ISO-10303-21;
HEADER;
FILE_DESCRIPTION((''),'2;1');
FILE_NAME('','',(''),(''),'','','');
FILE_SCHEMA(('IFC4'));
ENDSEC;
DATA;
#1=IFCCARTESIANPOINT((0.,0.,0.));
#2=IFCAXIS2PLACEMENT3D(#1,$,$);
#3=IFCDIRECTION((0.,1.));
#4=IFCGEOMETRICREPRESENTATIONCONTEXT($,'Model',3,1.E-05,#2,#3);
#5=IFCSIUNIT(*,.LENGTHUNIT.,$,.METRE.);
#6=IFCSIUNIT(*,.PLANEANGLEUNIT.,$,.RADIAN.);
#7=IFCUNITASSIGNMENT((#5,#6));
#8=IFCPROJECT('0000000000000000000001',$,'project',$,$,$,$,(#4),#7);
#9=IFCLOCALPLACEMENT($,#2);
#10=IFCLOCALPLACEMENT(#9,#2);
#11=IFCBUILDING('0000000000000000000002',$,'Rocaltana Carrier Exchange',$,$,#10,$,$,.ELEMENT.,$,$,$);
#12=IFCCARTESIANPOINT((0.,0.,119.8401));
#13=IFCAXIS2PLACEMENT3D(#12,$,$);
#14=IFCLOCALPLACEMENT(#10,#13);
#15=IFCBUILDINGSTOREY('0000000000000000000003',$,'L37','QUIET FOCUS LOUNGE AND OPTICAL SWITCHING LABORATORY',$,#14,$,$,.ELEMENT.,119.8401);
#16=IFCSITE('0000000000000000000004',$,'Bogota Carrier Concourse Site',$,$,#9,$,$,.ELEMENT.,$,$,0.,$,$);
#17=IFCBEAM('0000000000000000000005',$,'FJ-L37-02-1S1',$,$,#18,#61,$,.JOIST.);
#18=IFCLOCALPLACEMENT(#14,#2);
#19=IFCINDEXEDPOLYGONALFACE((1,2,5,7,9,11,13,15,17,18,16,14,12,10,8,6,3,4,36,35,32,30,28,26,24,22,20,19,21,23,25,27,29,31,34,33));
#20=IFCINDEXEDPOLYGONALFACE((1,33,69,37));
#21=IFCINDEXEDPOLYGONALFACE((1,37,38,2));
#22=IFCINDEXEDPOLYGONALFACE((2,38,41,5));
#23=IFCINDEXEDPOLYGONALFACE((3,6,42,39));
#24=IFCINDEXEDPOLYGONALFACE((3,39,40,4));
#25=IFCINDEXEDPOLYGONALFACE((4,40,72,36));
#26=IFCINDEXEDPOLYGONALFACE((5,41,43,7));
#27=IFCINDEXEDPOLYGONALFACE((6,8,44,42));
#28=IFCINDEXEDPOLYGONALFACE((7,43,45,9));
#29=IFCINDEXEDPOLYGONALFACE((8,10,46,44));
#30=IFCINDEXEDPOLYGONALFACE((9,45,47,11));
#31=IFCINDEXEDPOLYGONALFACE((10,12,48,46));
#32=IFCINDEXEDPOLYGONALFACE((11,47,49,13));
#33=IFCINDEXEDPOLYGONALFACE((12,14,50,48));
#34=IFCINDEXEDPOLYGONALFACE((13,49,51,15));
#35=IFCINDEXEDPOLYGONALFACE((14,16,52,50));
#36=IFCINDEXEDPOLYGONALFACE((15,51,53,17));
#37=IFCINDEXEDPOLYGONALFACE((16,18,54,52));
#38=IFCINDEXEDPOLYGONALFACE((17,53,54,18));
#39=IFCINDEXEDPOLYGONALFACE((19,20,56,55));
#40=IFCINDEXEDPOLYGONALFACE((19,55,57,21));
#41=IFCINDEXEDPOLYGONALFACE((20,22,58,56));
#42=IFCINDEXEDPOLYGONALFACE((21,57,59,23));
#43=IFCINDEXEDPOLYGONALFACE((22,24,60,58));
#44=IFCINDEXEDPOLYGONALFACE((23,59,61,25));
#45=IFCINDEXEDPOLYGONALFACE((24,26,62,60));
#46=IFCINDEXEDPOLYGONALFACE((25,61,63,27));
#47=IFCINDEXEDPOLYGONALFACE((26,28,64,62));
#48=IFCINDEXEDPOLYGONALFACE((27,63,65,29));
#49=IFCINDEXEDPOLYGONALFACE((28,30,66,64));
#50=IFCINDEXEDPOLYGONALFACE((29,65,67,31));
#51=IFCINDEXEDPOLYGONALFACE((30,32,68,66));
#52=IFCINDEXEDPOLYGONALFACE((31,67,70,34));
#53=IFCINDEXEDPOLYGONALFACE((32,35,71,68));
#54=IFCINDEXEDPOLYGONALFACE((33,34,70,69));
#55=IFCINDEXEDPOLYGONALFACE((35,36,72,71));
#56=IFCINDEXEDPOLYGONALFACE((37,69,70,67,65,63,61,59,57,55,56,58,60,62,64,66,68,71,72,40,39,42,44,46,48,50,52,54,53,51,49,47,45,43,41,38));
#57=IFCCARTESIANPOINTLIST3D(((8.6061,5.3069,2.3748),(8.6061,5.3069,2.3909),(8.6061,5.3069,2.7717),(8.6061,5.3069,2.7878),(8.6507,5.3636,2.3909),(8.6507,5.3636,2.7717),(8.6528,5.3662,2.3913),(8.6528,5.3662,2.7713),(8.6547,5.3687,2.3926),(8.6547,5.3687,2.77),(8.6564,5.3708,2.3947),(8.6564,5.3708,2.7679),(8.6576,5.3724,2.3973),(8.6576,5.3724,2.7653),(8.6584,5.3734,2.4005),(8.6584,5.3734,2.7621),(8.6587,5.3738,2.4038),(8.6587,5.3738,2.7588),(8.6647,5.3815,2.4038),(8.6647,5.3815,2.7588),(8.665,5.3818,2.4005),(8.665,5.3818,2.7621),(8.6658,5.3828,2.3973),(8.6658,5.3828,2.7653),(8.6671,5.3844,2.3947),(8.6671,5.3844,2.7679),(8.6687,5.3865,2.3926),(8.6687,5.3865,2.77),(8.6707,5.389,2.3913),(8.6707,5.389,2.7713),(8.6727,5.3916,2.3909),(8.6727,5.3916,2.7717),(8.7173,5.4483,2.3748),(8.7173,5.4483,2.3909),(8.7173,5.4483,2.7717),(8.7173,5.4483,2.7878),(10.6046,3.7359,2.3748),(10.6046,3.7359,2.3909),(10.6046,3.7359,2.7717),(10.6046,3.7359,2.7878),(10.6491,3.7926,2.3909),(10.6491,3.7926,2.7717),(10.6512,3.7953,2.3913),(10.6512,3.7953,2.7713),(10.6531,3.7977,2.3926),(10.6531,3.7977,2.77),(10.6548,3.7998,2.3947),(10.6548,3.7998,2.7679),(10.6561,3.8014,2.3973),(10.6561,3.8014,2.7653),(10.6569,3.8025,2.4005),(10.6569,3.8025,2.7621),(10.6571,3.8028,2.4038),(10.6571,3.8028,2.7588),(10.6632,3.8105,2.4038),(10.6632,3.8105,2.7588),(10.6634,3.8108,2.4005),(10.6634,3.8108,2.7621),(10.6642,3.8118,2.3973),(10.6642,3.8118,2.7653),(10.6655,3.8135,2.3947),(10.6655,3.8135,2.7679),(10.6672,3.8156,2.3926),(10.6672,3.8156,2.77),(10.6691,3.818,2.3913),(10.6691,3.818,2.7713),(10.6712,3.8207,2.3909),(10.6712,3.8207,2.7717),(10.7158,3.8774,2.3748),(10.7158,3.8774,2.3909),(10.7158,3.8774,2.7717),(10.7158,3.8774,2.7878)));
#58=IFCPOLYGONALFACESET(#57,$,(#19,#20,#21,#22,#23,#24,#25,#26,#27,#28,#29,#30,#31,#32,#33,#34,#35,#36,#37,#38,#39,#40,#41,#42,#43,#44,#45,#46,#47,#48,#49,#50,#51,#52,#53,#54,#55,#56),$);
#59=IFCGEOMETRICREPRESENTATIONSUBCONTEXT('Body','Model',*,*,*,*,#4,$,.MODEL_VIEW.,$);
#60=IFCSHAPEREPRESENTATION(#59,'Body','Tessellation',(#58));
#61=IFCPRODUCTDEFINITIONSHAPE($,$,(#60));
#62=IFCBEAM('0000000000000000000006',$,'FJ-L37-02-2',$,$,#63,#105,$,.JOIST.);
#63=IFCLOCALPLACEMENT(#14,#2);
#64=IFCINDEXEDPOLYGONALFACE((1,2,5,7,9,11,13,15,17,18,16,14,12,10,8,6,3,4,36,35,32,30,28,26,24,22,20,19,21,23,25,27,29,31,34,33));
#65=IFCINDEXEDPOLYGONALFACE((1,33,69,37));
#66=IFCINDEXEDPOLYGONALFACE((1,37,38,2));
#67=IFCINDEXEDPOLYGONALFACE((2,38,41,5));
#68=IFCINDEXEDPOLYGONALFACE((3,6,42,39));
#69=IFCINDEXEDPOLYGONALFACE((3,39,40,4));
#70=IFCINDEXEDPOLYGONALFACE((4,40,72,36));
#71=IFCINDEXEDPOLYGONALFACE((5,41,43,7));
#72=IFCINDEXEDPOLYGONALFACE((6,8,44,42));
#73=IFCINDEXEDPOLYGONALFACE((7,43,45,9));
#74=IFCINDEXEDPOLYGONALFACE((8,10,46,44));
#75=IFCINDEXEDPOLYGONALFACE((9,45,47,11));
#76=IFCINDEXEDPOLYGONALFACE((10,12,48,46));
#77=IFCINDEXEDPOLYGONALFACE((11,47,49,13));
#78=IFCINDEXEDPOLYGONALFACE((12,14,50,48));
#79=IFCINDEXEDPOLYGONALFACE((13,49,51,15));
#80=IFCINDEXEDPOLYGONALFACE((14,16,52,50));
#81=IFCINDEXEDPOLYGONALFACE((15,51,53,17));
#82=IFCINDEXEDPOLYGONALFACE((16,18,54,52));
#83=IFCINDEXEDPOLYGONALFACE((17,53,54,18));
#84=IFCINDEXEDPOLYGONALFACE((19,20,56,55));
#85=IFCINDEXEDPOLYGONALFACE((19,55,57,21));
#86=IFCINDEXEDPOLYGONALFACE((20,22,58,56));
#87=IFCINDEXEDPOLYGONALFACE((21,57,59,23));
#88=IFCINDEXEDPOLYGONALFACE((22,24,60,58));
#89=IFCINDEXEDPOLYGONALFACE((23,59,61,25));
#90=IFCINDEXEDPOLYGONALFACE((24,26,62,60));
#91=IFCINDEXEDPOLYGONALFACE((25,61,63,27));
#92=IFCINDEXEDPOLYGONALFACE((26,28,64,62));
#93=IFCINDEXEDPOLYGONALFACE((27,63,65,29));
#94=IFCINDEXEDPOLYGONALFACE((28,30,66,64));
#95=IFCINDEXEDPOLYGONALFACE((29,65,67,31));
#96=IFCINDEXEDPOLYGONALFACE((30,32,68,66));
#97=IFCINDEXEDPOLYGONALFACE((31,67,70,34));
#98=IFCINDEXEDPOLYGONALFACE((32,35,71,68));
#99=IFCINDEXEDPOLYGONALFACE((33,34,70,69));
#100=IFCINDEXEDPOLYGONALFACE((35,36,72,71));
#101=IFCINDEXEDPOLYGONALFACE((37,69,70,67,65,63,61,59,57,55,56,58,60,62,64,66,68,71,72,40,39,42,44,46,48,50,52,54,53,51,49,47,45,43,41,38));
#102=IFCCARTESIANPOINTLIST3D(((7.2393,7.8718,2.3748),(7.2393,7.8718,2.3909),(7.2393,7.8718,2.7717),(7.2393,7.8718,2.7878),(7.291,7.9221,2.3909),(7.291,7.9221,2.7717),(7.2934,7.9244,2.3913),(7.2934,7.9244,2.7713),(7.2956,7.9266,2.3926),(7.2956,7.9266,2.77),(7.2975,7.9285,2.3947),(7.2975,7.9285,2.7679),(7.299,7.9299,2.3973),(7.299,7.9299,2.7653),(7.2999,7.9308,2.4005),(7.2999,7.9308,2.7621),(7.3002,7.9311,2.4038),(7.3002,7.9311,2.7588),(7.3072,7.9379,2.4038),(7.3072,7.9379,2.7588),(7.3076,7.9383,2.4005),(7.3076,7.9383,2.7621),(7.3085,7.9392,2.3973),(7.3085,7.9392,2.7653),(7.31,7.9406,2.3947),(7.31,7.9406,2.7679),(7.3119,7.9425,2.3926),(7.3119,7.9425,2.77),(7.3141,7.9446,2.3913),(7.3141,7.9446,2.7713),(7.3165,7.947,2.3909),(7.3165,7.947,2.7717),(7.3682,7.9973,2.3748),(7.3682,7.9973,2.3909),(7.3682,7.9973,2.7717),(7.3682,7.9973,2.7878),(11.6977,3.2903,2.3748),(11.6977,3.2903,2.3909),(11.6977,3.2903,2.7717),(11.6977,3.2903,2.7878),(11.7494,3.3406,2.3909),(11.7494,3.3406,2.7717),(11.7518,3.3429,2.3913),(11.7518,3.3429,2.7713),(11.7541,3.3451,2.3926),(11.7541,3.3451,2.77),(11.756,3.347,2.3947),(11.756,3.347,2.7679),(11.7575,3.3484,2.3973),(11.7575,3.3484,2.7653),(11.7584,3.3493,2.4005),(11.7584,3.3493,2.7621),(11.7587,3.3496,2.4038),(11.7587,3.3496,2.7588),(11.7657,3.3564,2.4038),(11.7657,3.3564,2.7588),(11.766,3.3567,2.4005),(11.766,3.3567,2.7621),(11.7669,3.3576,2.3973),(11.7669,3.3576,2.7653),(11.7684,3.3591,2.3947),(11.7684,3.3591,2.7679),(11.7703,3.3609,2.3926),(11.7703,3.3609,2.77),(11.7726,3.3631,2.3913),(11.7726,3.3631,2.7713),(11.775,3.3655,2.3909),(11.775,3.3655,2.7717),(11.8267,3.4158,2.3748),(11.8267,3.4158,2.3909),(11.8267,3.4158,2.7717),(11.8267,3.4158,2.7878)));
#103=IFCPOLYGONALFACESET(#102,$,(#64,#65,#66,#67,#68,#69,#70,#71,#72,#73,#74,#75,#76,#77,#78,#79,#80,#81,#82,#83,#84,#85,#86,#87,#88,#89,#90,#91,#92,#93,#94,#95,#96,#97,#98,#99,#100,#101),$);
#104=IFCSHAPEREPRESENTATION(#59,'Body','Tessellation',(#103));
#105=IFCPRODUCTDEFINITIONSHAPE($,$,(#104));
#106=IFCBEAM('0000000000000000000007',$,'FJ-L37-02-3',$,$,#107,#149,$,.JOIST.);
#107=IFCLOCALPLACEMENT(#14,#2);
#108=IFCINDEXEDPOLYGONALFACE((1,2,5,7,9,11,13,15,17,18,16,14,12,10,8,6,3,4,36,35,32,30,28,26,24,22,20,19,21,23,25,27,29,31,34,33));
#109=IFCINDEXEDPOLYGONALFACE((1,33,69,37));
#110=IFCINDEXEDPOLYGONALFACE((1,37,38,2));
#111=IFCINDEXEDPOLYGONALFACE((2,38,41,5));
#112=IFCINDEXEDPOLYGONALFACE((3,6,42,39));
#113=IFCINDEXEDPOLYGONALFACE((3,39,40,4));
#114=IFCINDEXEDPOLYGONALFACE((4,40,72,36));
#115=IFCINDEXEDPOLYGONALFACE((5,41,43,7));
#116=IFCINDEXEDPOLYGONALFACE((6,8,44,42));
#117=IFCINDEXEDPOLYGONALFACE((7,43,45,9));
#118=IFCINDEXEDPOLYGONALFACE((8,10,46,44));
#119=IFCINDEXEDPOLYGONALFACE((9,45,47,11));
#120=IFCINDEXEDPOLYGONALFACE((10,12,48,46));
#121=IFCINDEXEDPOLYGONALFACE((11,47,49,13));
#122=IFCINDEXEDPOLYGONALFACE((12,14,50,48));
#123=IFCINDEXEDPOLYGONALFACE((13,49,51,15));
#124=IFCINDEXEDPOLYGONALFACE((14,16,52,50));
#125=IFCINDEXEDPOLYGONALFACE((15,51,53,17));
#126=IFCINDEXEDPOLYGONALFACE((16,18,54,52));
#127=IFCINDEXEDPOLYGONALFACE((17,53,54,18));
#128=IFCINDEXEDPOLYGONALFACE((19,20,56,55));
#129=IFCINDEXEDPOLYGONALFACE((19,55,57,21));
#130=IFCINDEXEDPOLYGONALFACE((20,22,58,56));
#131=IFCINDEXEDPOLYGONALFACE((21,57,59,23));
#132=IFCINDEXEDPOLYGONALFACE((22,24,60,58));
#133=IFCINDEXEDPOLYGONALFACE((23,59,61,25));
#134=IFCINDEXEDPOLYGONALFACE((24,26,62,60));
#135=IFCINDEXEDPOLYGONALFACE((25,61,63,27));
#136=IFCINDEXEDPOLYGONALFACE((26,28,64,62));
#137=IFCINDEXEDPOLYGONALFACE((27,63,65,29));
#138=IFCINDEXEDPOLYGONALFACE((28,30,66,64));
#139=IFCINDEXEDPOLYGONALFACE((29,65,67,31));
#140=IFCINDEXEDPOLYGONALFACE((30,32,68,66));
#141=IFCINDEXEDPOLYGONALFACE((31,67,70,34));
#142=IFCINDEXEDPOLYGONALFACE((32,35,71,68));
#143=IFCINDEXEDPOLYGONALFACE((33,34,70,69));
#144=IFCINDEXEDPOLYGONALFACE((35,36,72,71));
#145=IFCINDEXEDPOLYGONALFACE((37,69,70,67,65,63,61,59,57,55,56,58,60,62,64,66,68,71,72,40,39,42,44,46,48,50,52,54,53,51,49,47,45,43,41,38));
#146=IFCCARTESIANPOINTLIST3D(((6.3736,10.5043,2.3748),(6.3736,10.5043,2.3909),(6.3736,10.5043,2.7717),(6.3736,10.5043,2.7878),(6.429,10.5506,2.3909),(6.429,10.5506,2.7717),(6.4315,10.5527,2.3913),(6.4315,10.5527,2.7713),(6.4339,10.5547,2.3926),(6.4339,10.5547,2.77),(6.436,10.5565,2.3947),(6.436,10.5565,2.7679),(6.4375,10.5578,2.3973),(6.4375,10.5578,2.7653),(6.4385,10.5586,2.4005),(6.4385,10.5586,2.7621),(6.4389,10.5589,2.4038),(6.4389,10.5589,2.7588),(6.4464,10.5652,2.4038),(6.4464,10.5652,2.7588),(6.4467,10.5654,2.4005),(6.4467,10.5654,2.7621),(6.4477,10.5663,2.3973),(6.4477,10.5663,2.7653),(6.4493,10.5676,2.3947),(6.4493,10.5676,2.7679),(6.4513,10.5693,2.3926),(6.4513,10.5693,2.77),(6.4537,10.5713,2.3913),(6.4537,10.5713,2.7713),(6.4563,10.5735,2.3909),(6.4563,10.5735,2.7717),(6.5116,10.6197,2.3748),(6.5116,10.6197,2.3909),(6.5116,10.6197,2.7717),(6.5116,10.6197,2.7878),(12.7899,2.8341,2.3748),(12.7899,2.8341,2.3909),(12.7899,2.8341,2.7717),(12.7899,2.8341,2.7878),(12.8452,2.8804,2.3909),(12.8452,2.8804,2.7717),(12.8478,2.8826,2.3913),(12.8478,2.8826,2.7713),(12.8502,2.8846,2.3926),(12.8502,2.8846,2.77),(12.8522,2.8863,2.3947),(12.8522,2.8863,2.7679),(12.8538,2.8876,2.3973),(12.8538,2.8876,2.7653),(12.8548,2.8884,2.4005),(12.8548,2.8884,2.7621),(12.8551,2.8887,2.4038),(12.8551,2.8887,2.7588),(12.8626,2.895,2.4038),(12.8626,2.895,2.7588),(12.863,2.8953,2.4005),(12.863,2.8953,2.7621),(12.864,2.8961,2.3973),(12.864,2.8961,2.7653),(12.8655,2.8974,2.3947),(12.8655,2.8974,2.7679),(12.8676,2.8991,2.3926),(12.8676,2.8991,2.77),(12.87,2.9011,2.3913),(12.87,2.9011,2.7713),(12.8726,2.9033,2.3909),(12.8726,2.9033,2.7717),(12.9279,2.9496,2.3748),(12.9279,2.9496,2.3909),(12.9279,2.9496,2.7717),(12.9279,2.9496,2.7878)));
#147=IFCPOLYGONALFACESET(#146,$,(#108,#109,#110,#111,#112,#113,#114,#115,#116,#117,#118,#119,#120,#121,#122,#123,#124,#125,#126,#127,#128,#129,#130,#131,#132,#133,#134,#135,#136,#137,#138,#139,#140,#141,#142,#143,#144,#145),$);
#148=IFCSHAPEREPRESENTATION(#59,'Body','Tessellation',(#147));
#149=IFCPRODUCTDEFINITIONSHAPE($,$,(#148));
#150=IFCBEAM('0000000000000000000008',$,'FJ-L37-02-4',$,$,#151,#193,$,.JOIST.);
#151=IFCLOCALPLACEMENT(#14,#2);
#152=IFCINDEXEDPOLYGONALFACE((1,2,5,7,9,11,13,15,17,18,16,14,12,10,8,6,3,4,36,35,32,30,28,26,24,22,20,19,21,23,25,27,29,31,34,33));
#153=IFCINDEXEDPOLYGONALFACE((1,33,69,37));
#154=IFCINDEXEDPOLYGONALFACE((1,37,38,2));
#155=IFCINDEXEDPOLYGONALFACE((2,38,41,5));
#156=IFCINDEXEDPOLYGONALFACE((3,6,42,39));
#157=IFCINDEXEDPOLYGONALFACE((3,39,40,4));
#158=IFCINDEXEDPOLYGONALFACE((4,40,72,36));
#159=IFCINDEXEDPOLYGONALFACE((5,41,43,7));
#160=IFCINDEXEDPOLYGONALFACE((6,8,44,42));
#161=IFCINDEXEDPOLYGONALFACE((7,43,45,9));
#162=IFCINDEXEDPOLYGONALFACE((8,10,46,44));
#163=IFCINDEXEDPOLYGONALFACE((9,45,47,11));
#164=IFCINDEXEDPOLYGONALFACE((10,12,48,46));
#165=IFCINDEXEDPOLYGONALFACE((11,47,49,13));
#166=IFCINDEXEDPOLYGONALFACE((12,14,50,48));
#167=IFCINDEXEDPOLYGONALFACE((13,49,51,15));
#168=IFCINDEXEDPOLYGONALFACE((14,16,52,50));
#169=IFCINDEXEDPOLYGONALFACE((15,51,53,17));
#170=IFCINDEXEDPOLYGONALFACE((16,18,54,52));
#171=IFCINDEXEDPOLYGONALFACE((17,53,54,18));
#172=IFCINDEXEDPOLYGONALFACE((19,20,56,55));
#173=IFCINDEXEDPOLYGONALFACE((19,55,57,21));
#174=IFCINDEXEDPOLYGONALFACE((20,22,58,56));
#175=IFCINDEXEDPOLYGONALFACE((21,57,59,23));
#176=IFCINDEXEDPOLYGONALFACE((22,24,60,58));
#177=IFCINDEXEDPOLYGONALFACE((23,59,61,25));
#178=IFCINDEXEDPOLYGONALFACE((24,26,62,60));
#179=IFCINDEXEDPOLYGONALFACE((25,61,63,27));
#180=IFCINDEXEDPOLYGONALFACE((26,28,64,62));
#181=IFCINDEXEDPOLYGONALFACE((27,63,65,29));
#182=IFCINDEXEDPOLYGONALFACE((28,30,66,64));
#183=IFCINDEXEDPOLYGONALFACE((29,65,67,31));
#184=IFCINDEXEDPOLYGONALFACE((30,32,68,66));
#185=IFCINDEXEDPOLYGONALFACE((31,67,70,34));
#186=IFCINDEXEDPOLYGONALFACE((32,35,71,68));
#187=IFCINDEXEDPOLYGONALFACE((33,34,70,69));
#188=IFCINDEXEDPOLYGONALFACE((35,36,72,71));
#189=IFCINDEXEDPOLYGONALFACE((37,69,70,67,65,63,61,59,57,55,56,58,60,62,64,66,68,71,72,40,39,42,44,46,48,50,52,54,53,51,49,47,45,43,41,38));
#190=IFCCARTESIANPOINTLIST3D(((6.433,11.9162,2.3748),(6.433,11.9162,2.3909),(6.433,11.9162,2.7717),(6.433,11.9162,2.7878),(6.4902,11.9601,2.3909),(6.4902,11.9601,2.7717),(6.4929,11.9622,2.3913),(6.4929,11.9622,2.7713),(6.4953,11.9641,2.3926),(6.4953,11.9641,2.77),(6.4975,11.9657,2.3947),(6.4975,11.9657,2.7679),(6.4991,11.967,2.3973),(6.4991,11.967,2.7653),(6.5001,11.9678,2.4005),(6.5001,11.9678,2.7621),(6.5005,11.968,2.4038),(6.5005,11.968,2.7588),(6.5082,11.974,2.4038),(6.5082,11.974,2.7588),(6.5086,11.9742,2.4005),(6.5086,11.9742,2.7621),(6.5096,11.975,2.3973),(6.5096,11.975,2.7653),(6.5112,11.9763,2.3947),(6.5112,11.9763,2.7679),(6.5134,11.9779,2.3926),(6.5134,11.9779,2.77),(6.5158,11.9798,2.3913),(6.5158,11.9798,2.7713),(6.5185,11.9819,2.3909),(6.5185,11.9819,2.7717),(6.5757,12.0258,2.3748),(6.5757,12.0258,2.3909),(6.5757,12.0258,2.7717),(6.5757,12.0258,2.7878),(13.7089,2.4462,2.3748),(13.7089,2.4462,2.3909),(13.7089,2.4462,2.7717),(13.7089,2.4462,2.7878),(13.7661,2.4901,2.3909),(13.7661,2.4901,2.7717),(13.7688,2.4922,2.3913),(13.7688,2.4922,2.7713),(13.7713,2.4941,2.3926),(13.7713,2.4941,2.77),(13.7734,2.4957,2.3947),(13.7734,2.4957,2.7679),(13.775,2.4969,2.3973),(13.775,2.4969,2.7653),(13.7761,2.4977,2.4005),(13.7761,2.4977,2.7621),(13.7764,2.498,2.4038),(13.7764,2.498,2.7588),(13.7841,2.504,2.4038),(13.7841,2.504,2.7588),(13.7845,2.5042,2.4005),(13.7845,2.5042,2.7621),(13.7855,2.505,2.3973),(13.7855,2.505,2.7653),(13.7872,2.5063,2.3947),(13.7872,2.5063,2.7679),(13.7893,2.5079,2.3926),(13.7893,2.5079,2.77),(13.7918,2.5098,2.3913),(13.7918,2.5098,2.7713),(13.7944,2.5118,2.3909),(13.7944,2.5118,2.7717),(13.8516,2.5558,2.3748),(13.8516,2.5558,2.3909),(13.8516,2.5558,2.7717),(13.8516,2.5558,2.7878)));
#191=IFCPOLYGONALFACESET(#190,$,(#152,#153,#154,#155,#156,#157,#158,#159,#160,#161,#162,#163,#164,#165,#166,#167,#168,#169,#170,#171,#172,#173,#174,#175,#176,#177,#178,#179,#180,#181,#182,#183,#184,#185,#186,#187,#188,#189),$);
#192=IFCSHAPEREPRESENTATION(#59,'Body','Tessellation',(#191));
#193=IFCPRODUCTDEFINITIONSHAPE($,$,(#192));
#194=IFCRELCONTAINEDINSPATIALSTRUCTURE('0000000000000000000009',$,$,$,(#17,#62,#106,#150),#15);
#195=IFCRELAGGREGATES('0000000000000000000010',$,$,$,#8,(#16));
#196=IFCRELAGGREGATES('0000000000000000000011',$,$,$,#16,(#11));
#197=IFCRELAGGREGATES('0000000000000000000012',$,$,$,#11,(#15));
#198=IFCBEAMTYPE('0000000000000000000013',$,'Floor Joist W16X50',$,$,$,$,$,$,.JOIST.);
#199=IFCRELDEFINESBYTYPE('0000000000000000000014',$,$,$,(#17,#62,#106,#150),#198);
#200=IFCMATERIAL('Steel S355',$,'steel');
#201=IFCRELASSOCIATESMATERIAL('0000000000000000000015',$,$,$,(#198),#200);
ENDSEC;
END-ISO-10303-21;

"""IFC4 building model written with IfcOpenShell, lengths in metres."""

from ifc_helpers import new_model, si_unit, direction, frame, origin, origin_2d, place, context, subcontext, project, spatial, i_section, extrude, material, material_profile, profile_set, type_object, element, save


model = new_model("IFC4")

# Units and contexts
model_context = context("Model", 3, precision=1e-05, world=origin(), true_north=direction((0.0, 1.0)))
body_context = subcontext(model_context, "Body", "Model", "MODEL_VIEW")
ifc_project = project(units=[si_unit("LENGTHUNIT", "METRE"), si_unit("PLANEANGLEUNIT", "RADIAN")], contexts=[model_context])

# Site, building, storey
site_placement = place(None, origin())
site = spatial("IfcSite", under=ifc_project, at=site_placement, Name="Bogota Carrier Concourse Site", CompositionType="ELEMENT", RefElevation=0.0)
building_placement = place(site_placement, origin())
building = spatial("IfcBuilding", under=site, at=building_placement, Name="Rocaltana Carrier Exchange", CompositionType="ELEMENT")
storey_placement = place(building_placement, frame((0.0, 0.0, 119.8401)))
storey = spatial("IfcBuildingStorey", under=building, at=storey_placement, Name="L37", Description="QUIET FOCUS LOUNGE AND OPTICAL SWITCHING LABORATORY", CompositionType="ELEMENT", Elevation=119.8401)

# Beams
ifc_material_1 = material(Name="Steel S355", Category="steel")
ifc_material_profile_1 = material_profile(ifc_material_1, i_section(OverallWidth=0.1799, OverallDepth=0.4131, WebThickness=0.0098, FlangeThickness=0.0161, FilletRadius=0.0129, at=origin_2d()), Name="W16X50")
ifc_profile_set_1 = profile_set([ifc_material_profile_1], Name="Steel S355")
beam_type_1 = type_object("IfcBeamType", Name="Floor Joist W16X50", PredefinedType="JOIST", material=ifc_profile_set_1)
beam_1_placement = place(storey_placement, frame((10.6602, 3.8066, 2.5813), z_axis=(-0.786172, 0.618008, 0.0), x_axis=(-0.618008, -0.786172, 0.0)))
element("IfcBeam", 1, at=beam_1_placement, inside=storey, type_object=beam_type_1, Name="FJ-L37-02-1S1", PredefinedType="JOIST", context=body_context, shape_type="SweptSolid", body=[
    extrude(i_section(OverallWidth=0.1799, OverallDepth=0.4131, WebThickness=0.0098, FlangeThickness=0.0161, FilletRadius=0.0129, at=origin_2d()), origin(), (0.0, 0.0, 1.0), 2.542),
])
beam_2_placement = place(storey_placement, frame((11.7622, 3.353, 2.5813), z_axis=(-0.697418, 0.716665, 0.0), x_axis=(-0.716665, -0.697418, 0.0)))
element("IfcBeam", 2, at=beam_2_placement, inside=storey, type_object=beam_type_1, Name="FJ-L37-02-2", PredefinedType="JOIST", context=body_context, shape_type="SweptSolid", body=[
    extrude(i_section(OverallWidth=0.1799, OverallDepth=0.4131, WebThickness=0.0098, FlangeThickness=0.0161, FilletRadius=0.0129, at=origin_2d()), origin(), (0.0, 0.0, 1.0), 6.3928),
])
beam_3_placement = place(storey_placement, frame((12.8589, 2.8918, 2.5813), z_axis=(-0.641627, 0.767017, 0.0), x_axis=(-0.767017, -0.641627, 0.0)))
element("IfcBeam", 3, at=beam_3_placement, inside=storey, type_object=beam_type_1, Name="FJ-L37-02-3", PredefinedType="JOIST", context=body_context, shape_type="SweptSolid", body=[
    extrude(i_section(OverallWidth=0.1799, OverallDepth=0.4131, WebThickness=0.0098, FlangeThickness=0.0161, FilletRadius=0.0129, at=origin_2d()), origin(), (0.0, 0.0, 1.0), 10.0),
])
beam_4_placement = place(storey_placement, frame((13.7803, 2.501, 2.5813), z_axis=(-0.609252, 0.792976, 0.0), x_axis=(-0.792976, -0.609252, 0.0)))
element("IfcBeam", 4, at=beam_4_placement, inside=storey, type_object=beam_type_1, Name="FJ-L37-02-4", PredefinedType="JOIST", context=body_context, shape_type="SweptSolid", body=[
    extrude(i_section(OverallWidth=0.1799, OverallDepth=0.4131, WebThickness=0.0098, FlangeThickness=0.0161, FilletRadius=0.0129, at=origin_2d()), origin(), (0.0, 0.0, 1.0), 11.9424),
])

save(model, "model.ifc")
